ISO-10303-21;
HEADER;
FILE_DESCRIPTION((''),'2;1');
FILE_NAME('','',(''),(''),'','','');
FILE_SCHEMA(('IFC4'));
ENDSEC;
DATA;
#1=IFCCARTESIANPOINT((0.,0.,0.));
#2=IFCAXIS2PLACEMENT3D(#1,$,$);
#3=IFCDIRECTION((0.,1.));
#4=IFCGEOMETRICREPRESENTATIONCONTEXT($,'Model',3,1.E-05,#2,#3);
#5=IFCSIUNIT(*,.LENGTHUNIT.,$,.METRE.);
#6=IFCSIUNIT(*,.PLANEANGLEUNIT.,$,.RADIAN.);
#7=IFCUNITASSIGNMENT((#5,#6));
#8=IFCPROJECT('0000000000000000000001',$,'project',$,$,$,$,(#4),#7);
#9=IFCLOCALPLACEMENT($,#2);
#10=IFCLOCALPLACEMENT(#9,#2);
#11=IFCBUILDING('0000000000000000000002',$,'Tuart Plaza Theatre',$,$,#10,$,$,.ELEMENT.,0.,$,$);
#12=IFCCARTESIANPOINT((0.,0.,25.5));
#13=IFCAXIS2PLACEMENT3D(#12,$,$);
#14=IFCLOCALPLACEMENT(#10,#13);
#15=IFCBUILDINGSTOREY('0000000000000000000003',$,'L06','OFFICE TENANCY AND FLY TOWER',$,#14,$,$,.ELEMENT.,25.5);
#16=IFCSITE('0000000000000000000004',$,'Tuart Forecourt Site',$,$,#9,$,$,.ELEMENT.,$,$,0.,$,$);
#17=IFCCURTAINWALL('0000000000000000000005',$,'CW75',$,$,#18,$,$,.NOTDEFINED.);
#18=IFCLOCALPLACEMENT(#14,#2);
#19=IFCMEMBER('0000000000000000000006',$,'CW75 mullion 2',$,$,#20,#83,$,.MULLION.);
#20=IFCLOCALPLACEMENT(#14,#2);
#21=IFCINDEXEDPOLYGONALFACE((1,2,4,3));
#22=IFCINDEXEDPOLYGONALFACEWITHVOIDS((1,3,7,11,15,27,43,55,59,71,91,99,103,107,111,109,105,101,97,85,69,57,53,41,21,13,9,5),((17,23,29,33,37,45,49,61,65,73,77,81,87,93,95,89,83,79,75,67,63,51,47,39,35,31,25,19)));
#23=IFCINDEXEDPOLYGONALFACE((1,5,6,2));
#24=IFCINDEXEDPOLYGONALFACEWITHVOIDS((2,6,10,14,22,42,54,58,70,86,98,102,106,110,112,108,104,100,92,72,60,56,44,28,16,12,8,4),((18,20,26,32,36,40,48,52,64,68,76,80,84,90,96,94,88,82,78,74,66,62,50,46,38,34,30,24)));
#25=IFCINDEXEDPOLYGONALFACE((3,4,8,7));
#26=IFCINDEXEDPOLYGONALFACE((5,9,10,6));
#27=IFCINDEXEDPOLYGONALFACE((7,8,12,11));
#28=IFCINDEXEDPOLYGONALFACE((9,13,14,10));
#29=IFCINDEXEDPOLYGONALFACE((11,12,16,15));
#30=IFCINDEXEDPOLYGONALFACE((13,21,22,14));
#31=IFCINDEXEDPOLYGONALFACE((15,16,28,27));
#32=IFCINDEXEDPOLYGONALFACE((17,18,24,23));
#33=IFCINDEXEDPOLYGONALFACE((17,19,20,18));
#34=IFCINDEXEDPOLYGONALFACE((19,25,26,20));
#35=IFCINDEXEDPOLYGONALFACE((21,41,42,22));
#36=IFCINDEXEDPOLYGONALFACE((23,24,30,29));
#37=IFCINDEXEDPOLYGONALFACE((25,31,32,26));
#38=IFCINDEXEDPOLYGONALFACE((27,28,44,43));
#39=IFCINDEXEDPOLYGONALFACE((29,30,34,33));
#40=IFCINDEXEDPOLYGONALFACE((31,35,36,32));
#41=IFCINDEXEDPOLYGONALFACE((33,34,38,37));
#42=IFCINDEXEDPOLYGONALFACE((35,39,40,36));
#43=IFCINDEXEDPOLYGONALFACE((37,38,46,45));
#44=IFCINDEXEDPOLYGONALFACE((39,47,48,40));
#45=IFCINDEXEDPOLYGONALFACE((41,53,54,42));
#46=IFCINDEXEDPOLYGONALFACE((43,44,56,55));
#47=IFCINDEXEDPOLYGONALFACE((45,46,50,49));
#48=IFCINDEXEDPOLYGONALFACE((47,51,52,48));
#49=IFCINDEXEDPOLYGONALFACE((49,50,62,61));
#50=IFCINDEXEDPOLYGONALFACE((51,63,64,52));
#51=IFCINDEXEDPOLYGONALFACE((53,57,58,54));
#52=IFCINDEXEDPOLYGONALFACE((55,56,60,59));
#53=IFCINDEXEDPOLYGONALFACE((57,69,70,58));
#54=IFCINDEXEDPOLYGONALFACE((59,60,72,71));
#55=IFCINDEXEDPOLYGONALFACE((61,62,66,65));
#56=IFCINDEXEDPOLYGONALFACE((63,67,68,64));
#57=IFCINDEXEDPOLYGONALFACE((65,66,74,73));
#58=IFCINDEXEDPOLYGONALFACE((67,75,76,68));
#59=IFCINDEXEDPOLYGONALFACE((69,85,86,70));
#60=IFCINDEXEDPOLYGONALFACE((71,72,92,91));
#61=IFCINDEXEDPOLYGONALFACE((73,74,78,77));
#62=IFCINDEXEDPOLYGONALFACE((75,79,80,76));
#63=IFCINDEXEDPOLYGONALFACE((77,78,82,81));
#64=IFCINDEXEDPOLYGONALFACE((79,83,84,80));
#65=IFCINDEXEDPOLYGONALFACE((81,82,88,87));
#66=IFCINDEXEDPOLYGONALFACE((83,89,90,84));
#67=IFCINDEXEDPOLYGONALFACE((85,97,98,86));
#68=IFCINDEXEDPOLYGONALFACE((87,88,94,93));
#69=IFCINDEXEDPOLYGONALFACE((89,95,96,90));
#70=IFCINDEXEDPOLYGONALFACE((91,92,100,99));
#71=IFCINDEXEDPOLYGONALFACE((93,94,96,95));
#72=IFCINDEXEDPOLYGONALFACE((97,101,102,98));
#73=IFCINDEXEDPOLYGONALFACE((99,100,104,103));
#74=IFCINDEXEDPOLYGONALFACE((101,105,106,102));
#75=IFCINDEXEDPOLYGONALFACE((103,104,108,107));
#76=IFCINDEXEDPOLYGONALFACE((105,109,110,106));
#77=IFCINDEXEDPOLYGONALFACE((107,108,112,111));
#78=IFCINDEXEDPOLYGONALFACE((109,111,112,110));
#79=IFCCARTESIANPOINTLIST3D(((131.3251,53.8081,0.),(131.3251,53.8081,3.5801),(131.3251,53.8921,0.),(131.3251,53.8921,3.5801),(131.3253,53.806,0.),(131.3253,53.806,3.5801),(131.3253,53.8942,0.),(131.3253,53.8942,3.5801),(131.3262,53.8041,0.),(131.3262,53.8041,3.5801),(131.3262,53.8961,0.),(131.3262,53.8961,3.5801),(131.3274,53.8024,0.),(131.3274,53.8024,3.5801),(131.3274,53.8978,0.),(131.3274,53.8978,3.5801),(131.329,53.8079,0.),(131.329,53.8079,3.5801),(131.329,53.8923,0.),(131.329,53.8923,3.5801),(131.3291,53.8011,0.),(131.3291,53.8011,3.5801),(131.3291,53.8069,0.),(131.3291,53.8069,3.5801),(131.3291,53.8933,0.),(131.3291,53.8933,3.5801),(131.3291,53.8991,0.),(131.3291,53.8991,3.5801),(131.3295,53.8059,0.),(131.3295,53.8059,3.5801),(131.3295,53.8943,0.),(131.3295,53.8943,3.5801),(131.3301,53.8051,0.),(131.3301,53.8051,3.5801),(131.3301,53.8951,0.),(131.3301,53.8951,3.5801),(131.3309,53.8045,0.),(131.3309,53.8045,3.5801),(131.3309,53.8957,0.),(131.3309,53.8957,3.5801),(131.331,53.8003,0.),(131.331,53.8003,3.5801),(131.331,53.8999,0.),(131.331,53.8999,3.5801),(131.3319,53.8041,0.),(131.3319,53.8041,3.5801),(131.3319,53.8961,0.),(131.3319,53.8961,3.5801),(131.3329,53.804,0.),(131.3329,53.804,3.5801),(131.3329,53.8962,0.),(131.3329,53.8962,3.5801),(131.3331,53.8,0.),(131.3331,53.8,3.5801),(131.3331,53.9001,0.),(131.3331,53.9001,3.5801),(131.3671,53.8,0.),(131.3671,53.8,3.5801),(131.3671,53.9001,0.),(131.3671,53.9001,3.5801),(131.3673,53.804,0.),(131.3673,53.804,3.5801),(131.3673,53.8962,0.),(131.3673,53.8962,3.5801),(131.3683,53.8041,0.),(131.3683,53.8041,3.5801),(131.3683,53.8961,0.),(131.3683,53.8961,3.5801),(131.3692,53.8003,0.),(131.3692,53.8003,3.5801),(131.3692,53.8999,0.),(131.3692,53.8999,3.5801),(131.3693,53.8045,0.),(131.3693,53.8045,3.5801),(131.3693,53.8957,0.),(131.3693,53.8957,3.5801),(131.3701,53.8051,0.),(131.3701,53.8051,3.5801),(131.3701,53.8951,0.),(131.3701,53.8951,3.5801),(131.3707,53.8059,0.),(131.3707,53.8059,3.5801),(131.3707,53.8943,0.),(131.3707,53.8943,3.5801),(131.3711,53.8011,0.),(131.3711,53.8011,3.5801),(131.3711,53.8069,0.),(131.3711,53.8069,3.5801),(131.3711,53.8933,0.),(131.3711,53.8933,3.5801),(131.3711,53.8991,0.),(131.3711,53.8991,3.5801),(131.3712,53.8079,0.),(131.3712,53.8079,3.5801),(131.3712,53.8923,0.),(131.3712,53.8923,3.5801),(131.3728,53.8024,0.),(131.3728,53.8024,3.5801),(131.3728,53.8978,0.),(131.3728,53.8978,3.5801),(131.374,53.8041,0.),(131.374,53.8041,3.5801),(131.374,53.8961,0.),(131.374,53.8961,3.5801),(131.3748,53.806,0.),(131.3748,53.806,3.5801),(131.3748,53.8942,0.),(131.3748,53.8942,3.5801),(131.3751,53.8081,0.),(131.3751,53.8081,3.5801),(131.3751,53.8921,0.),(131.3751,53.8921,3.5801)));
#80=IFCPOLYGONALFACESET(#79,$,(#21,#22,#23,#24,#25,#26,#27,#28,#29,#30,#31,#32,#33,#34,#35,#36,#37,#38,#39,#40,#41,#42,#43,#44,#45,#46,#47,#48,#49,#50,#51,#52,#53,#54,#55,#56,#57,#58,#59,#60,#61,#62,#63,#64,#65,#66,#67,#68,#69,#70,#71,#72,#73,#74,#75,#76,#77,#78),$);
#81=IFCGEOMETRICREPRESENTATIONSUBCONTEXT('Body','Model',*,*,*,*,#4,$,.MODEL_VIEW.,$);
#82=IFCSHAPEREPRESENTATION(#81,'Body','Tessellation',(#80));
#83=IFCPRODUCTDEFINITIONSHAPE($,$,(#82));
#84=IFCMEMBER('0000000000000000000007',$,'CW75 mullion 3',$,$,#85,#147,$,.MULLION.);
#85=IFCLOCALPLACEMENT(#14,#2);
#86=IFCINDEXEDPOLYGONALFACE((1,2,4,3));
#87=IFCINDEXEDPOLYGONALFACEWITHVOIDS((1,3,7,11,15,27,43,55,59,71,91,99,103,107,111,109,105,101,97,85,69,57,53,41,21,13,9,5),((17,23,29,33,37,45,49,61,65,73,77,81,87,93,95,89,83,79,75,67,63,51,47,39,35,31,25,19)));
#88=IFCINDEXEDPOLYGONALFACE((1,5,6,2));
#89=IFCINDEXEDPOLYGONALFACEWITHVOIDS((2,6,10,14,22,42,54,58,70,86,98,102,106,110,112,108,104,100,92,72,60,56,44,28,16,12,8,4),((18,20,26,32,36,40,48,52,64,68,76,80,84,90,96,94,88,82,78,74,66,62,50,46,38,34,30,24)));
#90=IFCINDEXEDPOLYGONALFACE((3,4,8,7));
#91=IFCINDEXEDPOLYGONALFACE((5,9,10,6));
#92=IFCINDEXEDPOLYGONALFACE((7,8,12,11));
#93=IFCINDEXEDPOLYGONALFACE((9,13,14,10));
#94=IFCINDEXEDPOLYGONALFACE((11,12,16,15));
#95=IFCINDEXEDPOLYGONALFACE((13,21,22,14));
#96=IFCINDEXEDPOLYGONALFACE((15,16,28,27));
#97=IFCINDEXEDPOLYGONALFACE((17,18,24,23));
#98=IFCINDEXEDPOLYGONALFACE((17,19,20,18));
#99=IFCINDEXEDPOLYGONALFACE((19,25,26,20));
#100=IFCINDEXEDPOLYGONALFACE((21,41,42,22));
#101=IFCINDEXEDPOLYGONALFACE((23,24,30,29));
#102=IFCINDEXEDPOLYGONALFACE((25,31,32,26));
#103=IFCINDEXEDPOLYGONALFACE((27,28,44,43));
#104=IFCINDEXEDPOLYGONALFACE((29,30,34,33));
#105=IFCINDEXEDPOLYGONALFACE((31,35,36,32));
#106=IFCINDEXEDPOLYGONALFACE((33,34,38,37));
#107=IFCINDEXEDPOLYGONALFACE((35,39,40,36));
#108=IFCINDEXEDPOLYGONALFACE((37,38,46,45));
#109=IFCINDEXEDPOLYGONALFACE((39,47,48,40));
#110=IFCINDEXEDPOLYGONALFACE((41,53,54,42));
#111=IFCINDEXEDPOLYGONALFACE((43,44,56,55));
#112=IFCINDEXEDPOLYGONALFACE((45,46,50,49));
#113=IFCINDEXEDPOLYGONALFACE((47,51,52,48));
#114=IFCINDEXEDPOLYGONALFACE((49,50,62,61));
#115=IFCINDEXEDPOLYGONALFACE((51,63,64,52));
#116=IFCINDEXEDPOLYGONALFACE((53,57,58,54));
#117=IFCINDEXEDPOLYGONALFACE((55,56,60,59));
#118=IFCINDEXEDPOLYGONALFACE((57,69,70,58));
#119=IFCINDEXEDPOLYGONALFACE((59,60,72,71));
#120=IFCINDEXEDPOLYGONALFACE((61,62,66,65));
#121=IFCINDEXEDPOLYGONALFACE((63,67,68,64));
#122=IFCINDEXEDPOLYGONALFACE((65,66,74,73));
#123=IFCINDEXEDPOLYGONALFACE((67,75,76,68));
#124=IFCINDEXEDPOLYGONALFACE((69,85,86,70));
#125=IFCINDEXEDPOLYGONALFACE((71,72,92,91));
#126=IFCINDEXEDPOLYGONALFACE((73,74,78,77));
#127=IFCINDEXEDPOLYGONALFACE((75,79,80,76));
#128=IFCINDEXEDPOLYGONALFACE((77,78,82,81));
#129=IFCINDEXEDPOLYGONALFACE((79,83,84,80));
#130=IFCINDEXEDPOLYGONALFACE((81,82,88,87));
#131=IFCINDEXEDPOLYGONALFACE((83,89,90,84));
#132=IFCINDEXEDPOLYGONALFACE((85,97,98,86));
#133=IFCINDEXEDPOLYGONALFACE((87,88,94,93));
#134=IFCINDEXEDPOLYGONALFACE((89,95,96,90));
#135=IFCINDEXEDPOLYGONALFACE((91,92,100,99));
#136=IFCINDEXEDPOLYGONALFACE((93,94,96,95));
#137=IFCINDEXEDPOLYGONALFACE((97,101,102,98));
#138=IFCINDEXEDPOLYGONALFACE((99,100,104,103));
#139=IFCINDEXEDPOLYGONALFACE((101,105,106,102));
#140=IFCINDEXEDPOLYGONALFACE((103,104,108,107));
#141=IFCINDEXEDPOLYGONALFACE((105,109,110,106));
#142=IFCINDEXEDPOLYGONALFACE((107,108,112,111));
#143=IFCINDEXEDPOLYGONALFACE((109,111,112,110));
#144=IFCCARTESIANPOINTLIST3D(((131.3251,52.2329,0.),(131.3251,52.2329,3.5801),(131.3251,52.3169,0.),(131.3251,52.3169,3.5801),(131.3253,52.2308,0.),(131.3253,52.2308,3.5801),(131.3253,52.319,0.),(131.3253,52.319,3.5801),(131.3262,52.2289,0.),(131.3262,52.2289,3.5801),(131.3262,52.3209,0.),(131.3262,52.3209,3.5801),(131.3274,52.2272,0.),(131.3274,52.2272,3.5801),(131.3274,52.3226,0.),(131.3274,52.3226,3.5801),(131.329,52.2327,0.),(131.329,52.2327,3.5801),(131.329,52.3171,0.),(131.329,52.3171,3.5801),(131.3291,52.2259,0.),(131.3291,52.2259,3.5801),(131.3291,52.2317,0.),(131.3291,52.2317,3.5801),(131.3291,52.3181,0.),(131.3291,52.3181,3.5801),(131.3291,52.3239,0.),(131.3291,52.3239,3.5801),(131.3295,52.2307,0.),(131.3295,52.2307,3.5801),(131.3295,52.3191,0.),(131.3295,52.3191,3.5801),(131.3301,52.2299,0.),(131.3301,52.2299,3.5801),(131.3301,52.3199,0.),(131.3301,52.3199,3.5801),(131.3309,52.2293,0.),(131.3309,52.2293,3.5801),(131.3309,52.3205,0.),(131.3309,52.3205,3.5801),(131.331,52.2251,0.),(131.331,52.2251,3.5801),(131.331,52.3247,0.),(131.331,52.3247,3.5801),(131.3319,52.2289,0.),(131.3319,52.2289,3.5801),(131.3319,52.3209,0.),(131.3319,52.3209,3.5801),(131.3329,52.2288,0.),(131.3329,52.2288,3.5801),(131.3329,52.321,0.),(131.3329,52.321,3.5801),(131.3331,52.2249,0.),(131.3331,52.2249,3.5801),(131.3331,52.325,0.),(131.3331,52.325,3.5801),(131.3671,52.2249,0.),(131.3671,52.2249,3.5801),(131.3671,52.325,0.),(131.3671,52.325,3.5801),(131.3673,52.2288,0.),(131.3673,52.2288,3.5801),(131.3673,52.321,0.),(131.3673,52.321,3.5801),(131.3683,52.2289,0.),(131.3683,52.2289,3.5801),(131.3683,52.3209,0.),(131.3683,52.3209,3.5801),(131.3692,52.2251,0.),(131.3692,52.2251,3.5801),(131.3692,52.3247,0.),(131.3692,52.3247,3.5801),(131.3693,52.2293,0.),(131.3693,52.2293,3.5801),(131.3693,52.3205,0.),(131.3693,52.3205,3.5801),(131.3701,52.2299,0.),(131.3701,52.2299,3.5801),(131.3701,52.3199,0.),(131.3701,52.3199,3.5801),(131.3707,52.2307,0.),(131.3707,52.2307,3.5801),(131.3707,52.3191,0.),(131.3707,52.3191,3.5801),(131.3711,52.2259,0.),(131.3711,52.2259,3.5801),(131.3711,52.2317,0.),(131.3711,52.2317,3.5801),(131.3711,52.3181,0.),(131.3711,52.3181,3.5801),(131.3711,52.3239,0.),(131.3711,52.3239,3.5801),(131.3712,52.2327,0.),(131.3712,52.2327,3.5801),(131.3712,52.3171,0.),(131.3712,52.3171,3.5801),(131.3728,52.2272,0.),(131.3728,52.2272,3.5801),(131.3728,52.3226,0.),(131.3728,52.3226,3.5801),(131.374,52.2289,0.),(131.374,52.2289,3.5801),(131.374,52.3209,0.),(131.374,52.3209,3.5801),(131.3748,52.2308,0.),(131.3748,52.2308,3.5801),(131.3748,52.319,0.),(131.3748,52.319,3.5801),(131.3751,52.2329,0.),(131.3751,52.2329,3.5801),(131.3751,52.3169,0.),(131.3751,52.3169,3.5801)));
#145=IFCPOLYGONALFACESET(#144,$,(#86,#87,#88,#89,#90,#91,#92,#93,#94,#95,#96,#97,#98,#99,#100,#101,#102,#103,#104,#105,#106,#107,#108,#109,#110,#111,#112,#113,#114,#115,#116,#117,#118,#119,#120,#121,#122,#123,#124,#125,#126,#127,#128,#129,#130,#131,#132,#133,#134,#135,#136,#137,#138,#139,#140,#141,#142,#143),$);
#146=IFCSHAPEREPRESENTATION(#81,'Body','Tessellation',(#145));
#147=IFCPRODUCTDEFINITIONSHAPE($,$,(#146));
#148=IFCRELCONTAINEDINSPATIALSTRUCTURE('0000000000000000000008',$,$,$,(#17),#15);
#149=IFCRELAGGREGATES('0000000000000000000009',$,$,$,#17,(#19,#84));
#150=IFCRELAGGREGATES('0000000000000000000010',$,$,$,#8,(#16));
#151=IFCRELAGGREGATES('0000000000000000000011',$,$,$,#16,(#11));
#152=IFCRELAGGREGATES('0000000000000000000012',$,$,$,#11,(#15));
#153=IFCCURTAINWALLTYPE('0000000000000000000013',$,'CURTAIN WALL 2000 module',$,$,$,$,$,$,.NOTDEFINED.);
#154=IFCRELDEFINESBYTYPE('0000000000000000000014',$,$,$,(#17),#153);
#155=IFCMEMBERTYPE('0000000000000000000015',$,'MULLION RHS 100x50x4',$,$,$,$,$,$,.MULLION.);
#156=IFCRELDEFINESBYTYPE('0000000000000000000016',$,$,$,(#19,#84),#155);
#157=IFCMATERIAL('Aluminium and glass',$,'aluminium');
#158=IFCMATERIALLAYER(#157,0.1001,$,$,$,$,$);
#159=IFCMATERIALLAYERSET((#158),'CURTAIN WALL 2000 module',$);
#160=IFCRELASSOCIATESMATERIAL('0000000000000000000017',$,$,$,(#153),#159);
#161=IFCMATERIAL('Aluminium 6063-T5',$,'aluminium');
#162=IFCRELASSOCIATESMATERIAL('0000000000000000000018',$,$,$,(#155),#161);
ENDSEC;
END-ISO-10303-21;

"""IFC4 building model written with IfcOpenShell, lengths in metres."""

from ifc_helpers import new_model, si_unit, direction, frame, origin, origin_2d, place, context, subcontext, project, spatial, hollow_rectangle, extrude, material, layer, layer_set, material_profile, profile_set, type_object, element, aggregate, save


model = new_model("IFC4")

# Units and contexts
model_context = context("Model", 3, precision=1e-05, world=origin(), true_north=direction((0.0, 1.0)))
body_context = subcontext(model_context, "Body", "Model", "MODEL_VIEW")
ifc_project = project(units=[si_unit("LENGTHUNIT", "METRE"), si_unit("PLANEANGLEUNIT", "RADIAN")], contexts=[model_context])

# Site, building, storey
site_placement = place(None, origin())
site = spatial("IfcSite", under=ifc_project, at=site_placement, Name="Tuart Forecourt Site", CompositionType="ELEMENT", RefElevation=0.0)
building_placement = place(site_placement, origin())
building = spatial("IfcBuilding", under=site, at=building_placement, Name="Tuart Plaza Theatre", CompositionType="ELEMENT", ElevationOfRefHeight=0.0)
storey_placement = place(building_placement, frame((0.0, 0.0, 25.5)))
storey = spatial("IfcBuildingStorey", under=building, at=storey_placement, Name="L06", Description="OFFICE TENANCY AND FLY TOWER", CompositionType="ELEMENT", Elevation=25.5)

# Curtain wall, members
ifc_material_1 = material(Name="Aluminium and glass", Category="aluminium")
ifc_layer_1 = layer(ifc_material_1, 0.1001)
ifc_layer_set_1 = layer_set([ifc_layer_1], Name="CURTAIN WALL 2000 module")
curtain_wall_type = type_object("IfcCurtainWallType", Name="CURTAIN WALL 2000 module", PredefinedType="NOTDEFINED", material=ifc_layer_set_1)
curtain_wall_1_placement = place(storey_placement, origin())
curtain_wall_1 = element("IfcCurtainWall", 1, at=curtain_wall_1_placement, inside=storey, type_object=curtain_wall_type, Name="CW75", PredefinedType="NOTDEFINED")
ifc_material_2 = material(Name="Aluminium 6063-T5", Category="aluminium")
ifc_material_profile_1 = material_profile(ifc_material_2, hollow_rectangle(XDim=0.05, YDim=0.1001, WallThickness=0.0039, InnerFilletRadius=0.0039, OuterFilletRadius=0.0081, at=origin_2d()), Name="RHS 100x50x4")
ifc_profile_set_1 = profile_set([ifc_material_profile_1], Name="Aluminium 6063-T5")
member_type_1 = type_object("IfcMemberType", Name="MULLION RHS 100x50x4", PredefinedType="MULLION", material=ifc_profile_set_1)
member_1_placement = place(storey_placement, frame((131.3501, 53.8501, 0.0), z_axis=(0.0, 0.0, 1.0), x_axis=(1.0, 0.0, 0.0)))
member_1 = element("IfcMember", 2, at=member_1_placement, type_object=member_type_1, Name="CW75 mullion 2", PredefinedType="MULLION", context=body_context, shape_type="SweptSolid", body=[
    extrude(hollow_rectangle(XDim=0.05, YDim=0.1001, WallThickness=0.0039, InnerFilletRadius=0.0039, OuterFilletRadius=0.0081, at=origin_2d()), origin(), (0.0, 0.0, 1.0), 3.5801),
])
member_2_placement = place(storey_placement, frame((131.3501, 52.2749, 0.0), z_axis=(0.0, 0.0, 1.0), x_axis=(1.0, 0.0, 0.0)))
member_2 = element("IfcMember", 3, at=member_2_placement, type_object=member_type_1, Name="CW75 mullion 3", PredefinedType="MULLION", context=body_context, shape_type="SweptSolid", body=[
    extrude(hollow_rectangle(XDim=0.05, YDim=0.1001, WallThickness=0.0039, InnerFilletRadius=0.0039, OuterFilletRadius=0.0081, at=origin_2d()), origin(), (0.0, 0.0, 1.0), 3.5801),
])

aggregate(curtain_wall_1, [member_1, member_2])

save(model, "model.ifc")
